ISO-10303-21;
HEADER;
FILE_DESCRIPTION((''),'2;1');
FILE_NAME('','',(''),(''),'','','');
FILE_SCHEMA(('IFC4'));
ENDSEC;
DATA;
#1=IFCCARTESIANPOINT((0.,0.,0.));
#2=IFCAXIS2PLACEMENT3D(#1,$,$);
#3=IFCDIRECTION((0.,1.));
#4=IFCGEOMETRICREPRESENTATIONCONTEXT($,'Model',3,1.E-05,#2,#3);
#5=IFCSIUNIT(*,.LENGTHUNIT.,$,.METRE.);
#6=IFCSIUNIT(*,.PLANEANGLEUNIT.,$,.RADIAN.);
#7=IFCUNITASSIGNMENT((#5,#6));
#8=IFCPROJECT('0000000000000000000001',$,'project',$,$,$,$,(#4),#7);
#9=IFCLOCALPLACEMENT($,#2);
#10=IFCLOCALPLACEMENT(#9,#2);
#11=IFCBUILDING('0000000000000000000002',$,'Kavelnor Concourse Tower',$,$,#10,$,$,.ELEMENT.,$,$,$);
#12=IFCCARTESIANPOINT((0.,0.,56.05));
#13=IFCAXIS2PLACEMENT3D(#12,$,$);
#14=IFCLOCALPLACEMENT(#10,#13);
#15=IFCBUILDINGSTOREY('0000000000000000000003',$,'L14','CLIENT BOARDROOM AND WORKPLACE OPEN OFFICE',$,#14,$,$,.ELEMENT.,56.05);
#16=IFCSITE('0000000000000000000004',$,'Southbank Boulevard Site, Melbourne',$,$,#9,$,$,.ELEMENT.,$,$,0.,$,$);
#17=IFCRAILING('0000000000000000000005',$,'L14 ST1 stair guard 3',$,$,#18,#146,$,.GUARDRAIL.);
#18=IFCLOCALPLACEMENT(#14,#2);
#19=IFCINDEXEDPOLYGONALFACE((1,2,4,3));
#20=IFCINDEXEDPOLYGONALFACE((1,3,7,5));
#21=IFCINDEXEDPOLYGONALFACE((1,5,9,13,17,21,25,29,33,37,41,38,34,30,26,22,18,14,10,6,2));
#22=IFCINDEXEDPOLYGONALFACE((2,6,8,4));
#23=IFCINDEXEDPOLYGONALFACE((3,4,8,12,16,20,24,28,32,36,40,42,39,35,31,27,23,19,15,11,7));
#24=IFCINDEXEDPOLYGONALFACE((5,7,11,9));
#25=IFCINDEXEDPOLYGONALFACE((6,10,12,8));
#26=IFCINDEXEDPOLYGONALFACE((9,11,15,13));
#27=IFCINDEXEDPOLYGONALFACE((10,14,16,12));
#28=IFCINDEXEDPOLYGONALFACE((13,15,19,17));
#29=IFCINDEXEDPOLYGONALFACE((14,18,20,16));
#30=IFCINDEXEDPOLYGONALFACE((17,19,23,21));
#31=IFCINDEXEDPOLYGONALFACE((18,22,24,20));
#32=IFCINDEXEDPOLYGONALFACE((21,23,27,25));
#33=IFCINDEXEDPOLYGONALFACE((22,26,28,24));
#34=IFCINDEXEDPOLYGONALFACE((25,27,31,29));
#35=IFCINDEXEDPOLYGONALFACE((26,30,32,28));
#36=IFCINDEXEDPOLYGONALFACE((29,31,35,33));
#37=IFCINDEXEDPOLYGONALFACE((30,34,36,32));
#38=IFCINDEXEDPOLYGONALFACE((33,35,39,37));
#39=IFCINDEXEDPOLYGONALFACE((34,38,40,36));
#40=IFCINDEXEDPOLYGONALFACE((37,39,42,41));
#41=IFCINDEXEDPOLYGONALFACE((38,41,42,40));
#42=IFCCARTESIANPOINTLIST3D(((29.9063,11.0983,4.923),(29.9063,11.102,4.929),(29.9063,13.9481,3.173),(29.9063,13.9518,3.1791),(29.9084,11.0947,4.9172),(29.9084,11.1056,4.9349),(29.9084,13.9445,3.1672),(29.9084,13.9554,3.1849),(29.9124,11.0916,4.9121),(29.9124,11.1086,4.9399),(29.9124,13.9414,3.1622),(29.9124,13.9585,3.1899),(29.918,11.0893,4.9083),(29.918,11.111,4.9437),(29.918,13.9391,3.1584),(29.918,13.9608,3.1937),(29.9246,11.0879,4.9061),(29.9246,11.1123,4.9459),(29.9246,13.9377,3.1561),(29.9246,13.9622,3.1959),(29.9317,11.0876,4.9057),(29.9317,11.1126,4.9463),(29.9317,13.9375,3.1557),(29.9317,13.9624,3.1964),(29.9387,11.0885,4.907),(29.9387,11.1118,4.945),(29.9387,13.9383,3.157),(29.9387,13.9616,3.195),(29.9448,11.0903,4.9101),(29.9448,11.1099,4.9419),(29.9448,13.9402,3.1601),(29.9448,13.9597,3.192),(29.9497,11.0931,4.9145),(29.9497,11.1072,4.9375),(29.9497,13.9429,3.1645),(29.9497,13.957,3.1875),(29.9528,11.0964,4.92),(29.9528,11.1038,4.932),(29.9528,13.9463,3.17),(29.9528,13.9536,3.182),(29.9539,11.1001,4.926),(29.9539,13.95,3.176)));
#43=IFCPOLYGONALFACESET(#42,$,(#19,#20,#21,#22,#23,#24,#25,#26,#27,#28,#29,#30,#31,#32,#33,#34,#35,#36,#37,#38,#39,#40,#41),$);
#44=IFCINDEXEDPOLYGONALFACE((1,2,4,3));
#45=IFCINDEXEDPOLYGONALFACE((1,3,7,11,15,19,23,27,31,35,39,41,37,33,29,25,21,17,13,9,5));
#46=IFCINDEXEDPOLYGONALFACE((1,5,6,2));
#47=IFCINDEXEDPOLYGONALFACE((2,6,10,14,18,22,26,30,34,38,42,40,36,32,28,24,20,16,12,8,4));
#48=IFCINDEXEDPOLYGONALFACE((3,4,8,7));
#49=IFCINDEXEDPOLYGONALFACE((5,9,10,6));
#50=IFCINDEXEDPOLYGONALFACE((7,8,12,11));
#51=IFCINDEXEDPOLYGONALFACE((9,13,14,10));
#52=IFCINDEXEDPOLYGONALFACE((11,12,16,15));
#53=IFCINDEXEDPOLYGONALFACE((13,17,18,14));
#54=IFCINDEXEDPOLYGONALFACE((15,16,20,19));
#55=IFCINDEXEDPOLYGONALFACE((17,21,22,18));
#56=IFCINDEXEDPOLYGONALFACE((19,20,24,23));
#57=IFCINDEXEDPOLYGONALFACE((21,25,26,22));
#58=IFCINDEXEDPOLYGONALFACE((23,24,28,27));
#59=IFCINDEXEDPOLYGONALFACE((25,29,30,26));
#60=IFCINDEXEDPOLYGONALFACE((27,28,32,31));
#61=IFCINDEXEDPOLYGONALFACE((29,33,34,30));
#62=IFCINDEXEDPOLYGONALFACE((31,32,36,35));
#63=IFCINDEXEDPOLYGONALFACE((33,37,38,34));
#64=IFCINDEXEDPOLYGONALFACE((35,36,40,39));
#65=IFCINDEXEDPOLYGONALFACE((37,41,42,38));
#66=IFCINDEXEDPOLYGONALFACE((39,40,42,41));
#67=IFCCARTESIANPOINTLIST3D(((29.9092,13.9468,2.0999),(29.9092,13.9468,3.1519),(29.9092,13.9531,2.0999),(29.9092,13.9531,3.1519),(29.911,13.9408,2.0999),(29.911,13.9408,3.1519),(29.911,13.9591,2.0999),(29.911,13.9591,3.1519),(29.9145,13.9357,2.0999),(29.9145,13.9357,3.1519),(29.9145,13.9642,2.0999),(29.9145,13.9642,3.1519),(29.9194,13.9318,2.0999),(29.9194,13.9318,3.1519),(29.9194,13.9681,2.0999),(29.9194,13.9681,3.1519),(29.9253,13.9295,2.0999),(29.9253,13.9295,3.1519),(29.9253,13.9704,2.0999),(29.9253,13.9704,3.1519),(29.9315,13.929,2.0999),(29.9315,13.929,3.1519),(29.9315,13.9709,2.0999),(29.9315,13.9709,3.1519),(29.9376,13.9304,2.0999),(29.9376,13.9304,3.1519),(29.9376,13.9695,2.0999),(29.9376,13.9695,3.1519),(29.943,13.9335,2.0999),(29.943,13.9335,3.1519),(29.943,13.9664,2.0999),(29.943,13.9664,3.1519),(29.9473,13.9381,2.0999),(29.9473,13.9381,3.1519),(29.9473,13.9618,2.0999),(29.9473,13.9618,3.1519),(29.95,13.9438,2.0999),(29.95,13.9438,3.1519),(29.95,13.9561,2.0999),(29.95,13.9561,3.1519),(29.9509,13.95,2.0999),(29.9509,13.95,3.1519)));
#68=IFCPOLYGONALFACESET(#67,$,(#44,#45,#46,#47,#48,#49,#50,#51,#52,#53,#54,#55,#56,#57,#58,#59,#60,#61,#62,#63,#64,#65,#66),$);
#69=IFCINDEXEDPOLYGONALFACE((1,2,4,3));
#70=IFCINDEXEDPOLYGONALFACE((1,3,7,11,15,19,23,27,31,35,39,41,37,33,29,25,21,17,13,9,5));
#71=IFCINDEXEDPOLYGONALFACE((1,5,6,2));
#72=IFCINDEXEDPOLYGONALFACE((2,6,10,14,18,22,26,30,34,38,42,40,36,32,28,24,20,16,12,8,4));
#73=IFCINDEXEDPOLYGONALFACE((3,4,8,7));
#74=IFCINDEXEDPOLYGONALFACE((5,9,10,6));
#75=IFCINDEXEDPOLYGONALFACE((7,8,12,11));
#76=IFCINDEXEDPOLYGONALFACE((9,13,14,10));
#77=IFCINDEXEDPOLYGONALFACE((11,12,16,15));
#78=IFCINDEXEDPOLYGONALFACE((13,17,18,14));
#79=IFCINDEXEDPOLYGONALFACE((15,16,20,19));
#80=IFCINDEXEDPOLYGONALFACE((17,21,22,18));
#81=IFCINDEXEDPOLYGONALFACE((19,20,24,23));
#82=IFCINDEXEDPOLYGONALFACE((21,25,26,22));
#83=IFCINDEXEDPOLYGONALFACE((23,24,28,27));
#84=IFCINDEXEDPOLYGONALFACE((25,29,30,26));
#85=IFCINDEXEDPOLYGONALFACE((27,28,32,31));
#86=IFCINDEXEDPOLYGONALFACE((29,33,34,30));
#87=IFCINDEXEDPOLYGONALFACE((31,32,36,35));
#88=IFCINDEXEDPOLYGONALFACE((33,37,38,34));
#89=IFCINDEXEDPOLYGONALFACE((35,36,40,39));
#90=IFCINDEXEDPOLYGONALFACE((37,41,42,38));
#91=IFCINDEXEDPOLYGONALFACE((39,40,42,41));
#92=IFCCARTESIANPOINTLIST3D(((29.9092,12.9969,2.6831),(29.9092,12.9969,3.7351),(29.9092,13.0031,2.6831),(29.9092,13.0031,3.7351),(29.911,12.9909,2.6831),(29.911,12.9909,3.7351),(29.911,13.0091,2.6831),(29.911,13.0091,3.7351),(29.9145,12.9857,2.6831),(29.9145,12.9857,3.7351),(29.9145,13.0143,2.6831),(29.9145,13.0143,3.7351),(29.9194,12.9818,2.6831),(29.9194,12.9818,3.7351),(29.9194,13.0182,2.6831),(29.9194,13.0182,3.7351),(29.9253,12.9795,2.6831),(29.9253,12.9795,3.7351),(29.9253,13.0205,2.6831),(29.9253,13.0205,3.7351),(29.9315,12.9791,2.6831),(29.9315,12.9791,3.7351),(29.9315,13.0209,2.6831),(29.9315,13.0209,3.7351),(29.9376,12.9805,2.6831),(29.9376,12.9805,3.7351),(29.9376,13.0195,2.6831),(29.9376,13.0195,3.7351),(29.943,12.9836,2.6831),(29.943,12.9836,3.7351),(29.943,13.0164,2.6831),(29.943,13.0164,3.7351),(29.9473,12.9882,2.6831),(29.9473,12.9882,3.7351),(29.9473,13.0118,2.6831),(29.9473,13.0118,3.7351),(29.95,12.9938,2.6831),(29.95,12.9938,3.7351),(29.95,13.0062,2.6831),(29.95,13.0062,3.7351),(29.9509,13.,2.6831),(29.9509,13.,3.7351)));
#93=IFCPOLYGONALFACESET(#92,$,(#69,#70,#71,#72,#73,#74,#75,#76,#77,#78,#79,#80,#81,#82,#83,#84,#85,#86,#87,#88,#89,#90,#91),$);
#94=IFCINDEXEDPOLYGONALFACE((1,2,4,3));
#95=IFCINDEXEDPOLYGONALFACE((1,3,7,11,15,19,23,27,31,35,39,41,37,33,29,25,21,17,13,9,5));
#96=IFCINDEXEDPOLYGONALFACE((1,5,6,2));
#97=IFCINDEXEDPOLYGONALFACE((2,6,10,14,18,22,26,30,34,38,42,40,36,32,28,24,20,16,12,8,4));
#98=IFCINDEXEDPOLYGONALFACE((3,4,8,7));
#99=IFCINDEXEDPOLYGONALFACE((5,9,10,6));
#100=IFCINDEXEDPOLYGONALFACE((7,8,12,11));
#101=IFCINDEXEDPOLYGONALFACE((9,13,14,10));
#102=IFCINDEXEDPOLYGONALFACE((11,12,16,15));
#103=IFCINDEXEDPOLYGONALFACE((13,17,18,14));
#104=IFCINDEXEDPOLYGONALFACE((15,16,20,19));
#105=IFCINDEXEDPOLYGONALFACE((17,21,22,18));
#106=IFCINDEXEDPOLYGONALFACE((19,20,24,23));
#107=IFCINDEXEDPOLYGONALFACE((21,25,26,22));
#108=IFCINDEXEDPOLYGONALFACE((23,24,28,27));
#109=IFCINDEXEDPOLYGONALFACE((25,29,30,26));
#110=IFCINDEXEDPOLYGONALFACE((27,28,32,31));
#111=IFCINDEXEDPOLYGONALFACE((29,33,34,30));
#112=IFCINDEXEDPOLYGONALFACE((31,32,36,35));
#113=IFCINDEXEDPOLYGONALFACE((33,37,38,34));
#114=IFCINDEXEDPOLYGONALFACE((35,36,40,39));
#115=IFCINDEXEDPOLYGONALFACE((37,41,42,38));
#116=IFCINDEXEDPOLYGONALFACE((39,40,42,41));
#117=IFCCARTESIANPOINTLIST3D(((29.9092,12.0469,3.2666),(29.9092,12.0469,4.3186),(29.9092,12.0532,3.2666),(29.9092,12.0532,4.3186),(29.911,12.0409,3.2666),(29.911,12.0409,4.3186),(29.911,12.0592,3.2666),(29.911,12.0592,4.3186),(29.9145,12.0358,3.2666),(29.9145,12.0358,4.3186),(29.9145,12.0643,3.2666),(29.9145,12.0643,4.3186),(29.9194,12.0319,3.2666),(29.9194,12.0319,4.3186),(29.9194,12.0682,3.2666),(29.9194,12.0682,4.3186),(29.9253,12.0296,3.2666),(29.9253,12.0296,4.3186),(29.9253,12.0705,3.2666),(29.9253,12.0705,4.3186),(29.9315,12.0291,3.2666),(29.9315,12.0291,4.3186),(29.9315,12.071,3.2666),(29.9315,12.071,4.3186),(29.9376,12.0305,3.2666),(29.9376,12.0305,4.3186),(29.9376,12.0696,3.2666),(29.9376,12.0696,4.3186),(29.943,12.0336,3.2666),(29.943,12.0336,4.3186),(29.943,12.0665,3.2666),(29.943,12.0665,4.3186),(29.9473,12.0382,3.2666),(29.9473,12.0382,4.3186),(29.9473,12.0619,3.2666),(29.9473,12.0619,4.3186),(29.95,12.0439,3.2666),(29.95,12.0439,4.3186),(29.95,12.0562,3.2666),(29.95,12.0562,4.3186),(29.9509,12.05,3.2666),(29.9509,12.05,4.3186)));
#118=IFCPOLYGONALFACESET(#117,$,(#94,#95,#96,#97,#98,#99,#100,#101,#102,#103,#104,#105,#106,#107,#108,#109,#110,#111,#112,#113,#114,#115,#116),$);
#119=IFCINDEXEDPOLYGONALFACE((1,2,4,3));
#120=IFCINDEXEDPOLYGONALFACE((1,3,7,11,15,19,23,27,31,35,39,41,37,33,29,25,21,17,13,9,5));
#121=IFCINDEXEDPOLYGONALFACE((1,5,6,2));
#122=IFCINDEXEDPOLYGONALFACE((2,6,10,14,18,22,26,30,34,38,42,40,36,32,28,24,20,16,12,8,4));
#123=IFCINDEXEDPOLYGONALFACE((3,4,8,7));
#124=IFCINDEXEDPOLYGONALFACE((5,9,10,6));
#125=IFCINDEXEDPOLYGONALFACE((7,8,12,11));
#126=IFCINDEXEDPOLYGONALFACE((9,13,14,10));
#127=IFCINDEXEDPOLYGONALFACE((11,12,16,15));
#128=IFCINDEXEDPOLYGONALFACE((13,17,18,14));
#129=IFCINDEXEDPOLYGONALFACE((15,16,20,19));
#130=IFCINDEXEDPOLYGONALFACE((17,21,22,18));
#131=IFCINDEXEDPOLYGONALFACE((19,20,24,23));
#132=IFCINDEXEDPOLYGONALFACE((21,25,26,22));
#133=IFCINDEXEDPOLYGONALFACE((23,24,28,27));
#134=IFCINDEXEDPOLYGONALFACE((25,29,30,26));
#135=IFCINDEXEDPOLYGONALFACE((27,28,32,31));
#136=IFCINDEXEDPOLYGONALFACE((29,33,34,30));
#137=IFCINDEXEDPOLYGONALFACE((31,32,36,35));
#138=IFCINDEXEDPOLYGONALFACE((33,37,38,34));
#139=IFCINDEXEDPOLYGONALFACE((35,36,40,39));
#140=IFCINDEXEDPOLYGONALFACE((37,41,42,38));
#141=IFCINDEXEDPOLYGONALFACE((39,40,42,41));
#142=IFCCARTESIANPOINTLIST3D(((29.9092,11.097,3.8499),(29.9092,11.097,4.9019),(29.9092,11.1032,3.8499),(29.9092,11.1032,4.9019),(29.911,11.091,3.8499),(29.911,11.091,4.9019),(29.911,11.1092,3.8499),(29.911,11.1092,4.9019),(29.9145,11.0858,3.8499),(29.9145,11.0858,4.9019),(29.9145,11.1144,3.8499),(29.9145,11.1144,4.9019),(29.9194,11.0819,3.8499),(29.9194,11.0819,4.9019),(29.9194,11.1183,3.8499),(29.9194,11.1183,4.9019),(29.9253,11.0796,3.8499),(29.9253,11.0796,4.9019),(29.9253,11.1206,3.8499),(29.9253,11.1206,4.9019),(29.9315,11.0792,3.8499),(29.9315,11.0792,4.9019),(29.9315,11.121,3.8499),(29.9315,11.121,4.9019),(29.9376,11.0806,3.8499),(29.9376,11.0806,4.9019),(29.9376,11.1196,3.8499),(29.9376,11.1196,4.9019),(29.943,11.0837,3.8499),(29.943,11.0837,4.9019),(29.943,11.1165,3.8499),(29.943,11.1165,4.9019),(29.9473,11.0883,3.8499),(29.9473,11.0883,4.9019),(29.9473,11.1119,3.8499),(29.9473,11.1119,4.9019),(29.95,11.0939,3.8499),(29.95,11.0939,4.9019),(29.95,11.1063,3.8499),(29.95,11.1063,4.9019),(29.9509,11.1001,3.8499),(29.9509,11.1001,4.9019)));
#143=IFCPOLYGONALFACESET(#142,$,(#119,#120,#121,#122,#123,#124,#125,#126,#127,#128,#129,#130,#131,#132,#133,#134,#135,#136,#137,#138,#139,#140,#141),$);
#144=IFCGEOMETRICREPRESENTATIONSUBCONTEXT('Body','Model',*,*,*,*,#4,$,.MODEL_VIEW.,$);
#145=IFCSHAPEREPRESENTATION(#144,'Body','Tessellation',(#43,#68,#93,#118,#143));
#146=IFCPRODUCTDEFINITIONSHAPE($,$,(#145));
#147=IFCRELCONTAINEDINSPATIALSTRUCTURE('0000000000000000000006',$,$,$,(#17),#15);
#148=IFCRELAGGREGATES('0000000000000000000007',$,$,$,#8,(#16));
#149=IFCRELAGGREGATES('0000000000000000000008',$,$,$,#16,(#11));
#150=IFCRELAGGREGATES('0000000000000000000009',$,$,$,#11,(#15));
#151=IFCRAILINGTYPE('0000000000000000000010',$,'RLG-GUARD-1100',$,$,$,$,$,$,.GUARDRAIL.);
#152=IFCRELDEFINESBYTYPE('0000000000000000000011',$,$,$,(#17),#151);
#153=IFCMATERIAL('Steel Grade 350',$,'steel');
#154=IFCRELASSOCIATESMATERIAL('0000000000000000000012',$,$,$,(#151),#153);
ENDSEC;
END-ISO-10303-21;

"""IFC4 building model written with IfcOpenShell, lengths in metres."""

from ifc_helpers import new_model, si_unit, direction, frame, origin, origin_2d, place, context, subcontext, project, spatial, circle, extrude, material, type_object, element, save


model = new_model("IFC4")

# Units and contexts
model_context = context("Model", 3, precision=1e-05, world=origin(), true_north=direction((0.0, 1.0)))
body_context = subcontext(model_context, "Body", "Model", "MODEL_VIEW")
ifc_project = project(units=[si_unit("LENGTHUNIT", "METRE"), si_unit("PLANEANGLEUNIT", "RADIAN")], contexts=[model_context])

# Site, building, storey
site_placement = place(None, origin())
site = spatial("IfcSite", under=ifc_project, at=site_placement, Name="Southbank Boulevard Site, Melbourne", CompositionType="ELEMENT", RefElevation=0.0)
building_placement = place(site_placement, origin())
building = spatial("IfcBuilding", under=site, at=building_placement, Name="Kavelnor Concourse Tower", CompositionType="ELEMENT")
storey_placement = place(building_placement, frame((0.0, 0.0, 56.05)))
storey = spatial("IfcBuildingStorey", under=building, at=storey_placement, Name="L14", Description="CLIENT BOARDROOM AND WORKPLACE OPEN OFFICE", CompositionType="ELEMENT", Elevation=56.05)

# Shared definitions
ifc_material_1 = material(Name="Steel Grade 350", Category="steel")

# Railing
railing_type_1 = type_object("IfcRailingType", Name="RLG-GUARD-1100", PredefinedType="GUARDRAIL", material=ifc_material_1)
railing_1_placement = place(storey_placement, frame((29.9299, 13.95, 2.0999)))
element("IfcRailing", 1, at=railing_1_placement, inside=storey, type_object=railing_type_1, Name="L14 ST1 stair guard 3", PredefinedType="GUARDRAIL", context=body_context, shape_type="SweptSolid", body=[
    extrude(circle(Radius=0.0239, at=origin_2d()), frame((0.0, 0.0, 1.0762), z_axis=(0.0, -0.852159, 0.523283), x_axis=(1.0, 0.0, 0.0)), (0.0, 0.0, 1.0), 3.3442),
    extrude(circle(Radius=0.021, at=origin_2d()), origin(), (0.0, 0.0, 1.0), 1.052),
    extrude(circle(Radius=0.021, at=origin_2d()), frame((0.0, -0.95, 0.5833)), (0.0, 0.0, 1.0), 1.052),
    extrude(circle(Radius=0.021, at=origin_2d()), frame((0.0, -1.8999, 1.1667)), (0.0, 0.0, 1.0), 1.052),
    extrude(circle(Radius=0.021, at=origin_2d()), frame((0.0, -2.8499, 1.75)), (0.0, 0.0, 1.0), 1.052),
])

save(model, "model.ifc")
